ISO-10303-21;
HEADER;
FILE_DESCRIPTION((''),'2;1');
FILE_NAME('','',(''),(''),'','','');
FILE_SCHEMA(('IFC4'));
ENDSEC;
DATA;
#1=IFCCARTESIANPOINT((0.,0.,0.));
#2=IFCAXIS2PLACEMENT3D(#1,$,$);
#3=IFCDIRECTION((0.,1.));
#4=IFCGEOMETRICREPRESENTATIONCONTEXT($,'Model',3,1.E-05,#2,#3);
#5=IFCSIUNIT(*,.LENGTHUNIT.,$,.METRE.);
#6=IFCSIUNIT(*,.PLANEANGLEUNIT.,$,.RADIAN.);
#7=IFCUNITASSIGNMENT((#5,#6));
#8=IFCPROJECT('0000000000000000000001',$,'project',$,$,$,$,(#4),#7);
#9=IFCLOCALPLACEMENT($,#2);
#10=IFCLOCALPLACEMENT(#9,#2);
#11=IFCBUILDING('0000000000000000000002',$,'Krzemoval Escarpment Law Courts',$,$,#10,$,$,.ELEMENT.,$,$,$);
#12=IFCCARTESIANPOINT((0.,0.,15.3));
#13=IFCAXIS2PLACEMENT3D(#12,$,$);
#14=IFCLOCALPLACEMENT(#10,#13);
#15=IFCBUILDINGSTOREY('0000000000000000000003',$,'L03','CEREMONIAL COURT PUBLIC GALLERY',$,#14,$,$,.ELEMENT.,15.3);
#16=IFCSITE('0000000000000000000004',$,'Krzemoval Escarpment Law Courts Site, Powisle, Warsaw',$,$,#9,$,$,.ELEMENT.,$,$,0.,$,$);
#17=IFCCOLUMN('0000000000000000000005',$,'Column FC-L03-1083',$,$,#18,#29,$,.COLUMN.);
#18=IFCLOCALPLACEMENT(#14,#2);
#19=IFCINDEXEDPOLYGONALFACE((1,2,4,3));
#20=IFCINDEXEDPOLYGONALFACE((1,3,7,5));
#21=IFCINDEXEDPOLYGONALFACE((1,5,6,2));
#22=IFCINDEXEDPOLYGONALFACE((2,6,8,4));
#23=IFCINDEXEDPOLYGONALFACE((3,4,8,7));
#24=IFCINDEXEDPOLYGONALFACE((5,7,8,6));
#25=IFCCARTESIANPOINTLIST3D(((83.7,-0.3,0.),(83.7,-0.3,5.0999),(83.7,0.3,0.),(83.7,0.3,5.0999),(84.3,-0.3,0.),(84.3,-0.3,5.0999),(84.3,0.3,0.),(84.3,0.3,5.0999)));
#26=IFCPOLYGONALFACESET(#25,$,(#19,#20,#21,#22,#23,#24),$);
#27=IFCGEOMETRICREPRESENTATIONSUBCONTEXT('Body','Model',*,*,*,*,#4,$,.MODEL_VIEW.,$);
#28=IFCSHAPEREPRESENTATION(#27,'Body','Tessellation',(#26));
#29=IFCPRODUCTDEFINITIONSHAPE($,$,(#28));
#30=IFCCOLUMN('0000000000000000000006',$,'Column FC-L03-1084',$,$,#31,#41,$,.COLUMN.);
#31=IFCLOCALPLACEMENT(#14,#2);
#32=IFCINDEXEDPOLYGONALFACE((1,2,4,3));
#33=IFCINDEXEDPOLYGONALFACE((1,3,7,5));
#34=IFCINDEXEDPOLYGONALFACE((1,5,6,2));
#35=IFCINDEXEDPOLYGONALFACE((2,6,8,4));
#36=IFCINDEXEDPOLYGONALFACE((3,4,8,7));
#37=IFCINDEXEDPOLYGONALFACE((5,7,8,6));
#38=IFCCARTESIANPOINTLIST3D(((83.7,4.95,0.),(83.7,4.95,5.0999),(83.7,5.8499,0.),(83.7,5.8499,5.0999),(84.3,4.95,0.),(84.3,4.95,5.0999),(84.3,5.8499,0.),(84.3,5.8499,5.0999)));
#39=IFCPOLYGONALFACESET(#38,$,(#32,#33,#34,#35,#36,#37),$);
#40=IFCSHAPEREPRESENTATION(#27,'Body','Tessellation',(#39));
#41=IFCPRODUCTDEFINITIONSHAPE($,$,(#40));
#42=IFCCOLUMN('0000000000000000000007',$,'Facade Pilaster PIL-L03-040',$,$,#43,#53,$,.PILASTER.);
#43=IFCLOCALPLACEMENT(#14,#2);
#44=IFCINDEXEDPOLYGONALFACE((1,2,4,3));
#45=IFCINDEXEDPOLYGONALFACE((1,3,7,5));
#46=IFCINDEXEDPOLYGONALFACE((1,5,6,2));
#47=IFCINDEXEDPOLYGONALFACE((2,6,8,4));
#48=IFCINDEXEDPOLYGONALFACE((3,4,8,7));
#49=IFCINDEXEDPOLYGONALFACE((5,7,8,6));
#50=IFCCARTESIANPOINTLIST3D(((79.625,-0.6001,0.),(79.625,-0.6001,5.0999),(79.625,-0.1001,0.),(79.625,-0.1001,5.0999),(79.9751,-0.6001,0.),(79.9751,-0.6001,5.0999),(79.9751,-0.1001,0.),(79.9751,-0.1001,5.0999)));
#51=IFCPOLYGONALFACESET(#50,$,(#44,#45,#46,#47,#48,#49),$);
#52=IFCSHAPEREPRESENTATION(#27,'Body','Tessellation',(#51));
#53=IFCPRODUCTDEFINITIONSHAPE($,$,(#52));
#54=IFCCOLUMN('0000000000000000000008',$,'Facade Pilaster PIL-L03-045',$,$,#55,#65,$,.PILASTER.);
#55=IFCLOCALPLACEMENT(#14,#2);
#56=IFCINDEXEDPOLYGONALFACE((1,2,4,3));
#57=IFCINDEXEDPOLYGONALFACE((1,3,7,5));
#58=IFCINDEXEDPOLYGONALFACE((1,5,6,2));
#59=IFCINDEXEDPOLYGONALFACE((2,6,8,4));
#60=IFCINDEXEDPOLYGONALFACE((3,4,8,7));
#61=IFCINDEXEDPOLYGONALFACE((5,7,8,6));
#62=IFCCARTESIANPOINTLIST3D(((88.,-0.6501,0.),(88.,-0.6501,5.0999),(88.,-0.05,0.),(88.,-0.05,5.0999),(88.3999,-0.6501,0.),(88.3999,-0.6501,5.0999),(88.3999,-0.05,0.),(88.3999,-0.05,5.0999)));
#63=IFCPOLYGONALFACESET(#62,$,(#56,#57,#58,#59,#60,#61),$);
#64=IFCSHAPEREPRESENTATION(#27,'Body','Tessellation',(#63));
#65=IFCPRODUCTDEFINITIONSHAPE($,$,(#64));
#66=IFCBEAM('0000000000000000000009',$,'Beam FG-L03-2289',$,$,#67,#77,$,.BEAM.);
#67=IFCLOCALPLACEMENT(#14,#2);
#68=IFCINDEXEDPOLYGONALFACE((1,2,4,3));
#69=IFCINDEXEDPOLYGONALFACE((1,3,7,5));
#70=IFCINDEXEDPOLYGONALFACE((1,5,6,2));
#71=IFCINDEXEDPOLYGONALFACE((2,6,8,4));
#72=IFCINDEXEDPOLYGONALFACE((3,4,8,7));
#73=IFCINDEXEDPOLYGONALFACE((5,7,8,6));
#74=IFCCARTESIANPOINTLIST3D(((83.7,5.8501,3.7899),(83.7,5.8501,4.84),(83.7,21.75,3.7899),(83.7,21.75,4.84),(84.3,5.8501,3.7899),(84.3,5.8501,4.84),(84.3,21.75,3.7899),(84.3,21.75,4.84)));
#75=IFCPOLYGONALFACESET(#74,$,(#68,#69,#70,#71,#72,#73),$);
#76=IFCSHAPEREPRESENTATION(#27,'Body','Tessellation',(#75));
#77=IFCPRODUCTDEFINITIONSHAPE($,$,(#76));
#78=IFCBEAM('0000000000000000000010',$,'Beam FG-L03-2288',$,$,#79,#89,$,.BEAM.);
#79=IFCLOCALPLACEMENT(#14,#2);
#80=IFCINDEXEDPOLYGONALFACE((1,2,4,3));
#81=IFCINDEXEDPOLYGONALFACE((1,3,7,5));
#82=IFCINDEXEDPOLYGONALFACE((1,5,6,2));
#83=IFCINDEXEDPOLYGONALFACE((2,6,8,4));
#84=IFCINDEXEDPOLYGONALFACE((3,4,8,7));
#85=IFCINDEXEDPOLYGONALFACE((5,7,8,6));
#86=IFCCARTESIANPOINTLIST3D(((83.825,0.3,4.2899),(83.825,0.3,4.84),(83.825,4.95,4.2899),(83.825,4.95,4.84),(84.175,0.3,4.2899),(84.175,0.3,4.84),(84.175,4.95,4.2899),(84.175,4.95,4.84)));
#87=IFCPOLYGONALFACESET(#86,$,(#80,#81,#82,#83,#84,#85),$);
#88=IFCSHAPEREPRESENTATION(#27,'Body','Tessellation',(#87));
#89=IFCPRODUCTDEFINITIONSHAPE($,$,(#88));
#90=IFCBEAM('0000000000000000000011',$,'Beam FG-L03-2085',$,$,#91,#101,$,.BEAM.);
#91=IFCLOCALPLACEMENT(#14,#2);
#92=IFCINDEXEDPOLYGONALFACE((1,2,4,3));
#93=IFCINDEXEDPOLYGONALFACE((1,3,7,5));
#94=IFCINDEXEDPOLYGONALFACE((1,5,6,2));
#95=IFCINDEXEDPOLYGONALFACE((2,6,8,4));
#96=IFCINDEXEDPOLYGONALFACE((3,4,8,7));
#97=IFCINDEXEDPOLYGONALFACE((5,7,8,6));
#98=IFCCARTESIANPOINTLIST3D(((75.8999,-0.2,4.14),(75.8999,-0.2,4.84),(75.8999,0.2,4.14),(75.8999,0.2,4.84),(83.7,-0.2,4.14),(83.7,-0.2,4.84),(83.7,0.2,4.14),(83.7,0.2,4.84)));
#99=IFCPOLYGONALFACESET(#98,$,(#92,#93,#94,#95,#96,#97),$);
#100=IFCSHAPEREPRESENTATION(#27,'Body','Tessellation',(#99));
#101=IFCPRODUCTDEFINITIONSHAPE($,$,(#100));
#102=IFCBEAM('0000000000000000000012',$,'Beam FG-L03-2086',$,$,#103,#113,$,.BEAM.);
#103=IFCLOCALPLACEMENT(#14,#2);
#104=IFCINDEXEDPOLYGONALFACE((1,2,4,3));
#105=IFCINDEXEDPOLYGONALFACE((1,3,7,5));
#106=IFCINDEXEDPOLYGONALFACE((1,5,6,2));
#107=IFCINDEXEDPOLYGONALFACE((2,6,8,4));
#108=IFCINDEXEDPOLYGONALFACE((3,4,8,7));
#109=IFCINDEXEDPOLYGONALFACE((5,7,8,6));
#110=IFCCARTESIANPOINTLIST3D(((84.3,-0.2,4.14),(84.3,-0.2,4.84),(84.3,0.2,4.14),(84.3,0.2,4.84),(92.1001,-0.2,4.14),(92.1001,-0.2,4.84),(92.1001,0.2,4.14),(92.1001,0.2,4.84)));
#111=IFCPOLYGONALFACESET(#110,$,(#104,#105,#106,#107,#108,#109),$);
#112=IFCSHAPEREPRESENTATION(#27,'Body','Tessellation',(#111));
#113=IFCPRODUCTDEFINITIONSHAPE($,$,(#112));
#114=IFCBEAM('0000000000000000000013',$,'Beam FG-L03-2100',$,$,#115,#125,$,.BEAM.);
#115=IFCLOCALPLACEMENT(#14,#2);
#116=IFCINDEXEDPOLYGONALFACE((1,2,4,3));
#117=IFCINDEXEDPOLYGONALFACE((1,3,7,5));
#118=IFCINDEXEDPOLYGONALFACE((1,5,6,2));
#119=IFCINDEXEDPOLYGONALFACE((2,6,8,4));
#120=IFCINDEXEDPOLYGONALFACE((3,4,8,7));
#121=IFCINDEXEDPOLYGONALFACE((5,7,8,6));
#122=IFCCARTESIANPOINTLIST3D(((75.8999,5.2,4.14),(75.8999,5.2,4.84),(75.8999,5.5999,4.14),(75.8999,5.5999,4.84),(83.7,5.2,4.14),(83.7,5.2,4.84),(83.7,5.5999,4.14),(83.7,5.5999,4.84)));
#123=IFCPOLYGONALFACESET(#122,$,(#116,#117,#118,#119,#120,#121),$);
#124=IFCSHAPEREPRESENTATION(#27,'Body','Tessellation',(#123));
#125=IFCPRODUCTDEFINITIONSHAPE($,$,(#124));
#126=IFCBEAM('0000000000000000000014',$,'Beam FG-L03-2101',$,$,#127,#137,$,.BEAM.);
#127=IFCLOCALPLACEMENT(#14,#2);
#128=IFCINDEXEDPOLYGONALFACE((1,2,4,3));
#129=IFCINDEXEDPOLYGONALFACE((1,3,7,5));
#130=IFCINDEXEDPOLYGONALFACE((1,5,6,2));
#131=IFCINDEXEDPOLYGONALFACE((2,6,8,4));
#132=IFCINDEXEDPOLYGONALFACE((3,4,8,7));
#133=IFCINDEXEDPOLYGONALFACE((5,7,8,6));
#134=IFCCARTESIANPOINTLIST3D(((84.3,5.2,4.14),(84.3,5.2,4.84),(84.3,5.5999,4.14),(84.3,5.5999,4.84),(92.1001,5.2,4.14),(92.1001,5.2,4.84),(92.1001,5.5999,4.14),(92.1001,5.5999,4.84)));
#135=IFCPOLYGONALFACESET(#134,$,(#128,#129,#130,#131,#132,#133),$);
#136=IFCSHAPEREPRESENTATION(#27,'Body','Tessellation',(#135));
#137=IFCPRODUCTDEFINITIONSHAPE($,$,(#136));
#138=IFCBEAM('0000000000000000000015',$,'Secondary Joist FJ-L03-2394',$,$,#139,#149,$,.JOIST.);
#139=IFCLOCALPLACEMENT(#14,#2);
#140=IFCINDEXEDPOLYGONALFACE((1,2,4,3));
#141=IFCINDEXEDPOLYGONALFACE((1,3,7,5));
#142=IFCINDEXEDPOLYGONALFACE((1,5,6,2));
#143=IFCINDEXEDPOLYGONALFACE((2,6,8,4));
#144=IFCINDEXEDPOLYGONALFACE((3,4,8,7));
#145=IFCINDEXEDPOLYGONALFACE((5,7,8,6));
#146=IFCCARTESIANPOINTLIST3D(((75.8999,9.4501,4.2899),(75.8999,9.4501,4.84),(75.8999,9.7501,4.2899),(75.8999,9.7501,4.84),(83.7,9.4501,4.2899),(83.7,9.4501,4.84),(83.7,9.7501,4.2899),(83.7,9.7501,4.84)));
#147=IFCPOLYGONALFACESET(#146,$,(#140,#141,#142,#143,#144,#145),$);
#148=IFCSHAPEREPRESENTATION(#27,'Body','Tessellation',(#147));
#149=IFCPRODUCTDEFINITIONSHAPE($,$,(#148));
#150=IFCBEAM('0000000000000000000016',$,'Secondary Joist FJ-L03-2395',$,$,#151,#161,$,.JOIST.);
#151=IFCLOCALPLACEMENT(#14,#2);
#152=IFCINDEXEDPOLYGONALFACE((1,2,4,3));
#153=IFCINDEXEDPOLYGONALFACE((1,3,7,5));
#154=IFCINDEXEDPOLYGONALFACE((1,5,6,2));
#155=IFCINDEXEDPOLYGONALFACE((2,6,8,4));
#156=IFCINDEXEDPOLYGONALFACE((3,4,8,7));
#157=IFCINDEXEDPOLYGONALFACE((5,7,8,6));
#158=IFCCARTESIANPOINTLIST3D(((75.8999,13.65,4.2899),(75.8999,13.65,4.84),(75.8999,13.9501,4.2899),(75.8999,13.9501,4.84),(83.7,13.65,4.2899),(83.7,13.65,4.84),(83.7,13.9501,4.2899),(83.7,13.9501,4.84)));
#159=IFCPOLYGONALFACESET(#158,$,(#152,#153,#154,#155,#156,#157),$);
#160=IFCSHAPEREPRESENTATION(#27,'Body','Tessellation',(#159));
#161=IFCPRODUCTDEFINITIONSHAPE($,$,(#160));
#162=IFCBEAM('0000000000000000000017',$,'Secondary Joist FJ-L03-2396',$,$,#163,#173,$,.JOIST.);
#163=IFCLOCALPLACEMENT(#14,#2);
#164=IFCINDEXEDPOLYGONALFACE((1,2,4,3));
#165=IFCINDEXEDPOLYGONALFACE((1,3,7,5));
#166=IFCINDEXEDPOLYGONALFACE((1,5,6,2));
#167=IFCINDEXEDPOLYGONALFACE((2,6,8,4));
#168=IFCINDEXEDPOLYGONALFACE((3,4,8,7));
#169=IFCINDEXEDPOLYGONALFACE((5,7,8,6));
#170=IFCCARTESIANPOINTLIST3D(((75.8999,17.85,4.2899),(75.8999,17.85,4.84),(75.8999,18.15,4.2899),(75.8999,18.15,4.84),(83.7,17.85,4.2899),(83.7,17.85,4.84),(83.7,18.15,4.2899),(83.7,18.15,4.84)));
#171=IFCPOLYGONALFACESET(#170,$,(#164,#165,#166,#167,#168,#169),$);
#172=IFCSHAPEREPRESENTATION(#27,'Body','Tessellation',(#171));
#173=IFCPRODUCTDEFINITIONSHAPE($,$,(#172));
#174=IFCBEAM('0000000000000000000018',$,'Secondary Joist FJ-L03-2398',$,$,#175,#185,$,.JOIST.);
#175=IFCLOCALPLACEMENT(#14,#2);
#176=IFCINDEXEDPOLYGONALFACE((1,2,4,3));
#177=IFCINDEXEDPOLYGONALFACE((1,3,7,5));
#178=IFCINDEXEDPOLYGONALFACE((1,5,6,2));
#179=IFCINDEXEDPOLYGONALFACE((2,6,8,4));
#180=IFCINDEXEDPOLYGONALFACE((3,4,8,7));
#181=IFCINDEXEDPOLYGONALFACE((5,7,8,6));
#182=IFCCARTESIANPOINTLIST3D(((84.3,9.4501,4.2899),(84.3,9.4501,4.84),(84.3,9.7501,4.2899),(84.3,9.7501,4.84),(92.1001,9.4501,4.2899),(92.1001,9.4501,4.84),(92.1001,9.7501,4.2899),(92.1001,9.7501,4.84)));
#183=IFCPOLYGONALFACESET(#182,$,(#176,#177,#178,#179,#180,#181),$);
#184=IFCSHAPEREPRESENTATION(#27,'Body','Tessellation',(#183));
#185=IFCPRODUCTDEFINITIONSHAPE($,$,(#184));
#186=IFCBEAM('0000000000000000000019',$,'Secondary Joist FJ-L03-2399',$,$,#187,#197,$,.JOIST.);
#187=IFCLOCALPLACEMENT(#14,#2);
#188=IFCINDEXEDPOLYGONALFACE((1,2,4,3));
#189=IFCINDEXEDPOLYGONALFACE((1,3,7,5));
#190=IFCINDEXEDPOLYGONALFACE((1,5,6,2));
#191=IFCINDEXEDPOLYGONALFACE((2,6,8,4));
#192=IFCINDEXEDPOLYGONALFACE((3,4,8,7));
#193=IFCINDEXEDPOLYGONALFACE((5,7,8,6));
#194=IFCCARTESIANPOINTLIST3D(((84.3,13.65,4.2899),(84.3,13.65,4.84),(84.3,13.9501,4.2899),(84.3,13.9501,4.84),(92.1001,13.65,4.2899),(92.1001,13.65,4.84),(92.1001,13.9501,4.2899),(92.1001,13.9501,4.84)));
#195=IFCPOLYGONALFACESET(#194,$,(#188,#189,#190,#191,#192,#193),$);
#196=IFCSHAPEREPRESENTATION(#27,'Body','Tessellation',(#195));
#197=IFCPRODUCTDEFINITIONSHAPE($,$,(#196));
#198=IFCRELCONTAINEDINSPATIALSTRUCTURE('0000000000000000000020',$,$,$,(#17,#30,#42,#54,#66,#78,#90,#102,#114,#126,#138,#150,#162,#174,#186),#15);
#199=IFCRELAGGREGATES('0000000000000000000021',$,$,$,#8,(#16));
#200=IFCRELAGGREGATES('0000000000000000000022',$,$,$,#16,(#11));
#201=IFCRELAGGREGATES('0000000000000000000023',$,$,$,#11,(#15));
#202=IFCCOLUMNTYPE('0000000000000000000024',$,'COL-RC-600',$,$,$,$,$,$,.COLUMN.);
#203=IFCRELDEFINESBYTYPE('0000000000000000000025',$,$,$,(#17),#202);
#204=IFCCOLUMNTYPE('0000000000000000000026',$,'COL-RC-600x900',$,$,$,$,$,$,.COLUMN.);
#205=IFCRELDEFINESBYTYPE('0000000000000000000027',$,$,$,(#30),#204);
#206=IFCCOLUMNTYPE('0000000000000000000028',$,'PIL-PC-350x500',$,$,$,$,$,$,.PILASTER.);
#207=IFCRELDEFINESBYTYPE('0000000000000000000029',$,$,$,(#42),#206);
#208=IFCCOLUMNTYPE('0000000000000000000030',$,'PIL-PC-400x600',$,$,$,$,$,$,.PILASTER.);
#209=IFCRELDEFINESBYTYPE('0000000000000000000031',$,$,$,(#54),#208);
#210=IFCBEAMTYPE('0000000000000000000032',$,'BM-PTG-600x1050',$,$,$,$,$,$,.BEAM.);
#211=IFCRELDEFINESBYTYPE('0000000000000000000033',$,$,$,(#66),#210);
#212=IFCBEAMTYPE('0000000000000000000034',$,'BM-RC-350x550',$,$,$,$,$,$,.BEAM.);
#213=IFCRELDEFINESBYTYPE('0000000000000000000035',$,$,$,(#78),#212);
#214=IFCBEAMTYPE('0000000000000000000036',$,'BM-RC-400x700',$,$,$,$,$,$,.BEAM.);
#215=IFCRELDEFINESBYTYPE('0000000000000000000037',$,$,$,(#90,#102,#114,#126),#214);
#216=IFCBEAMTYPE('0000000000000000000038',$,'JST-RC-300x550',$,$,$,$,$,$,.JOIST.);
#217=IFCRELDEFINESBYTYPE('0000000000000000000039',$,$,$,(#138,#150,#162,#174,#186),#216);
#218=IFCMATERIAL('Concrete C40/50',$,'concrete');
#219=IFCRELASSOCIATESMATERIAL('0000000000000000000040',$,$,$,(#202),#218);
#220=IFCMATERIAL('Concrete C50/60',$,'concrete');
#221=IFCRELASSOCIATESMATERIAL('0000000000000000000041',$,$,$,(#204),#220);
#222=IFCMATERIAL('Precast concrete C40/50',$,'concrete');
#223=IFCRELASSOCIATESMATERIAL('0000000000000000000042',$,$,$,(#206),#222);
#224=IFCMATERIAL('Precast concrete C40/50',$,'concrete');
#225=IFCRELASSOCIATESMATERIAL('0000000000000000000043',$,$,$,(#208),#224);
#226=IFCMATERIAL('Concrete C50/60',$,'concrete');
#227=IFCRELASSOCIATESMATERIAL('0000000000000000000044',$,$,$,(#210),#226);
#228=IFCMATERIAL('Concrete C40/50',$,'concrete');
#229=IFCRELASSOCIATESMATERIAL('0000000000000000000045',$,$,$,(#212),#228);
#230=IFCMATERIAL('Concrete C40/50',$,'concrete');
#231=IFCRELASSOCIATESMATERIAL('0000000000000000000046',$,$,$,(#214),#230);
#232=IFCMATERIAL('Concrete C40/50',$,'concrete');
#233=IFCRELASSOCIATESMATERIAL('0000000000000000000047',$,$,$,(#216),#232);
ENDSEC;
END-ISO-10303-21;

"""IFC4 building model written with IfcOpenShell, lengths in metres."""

from ifc_helpers import new_model, si_unit, direction, frame, origin, origin_2d, place, context, subcontext, project, spatial, rectangle, extrude, material, material_profile, profile_set, type_object, element, save


model = new_model("IFC4")

# Units and contexts
model_context = context("Model", 3, precision=1e-05, world=origin(), true_north=direction((0.0, 1.0)))
body_context = subcontext(model_context, "Body", "Model", "MODEL_VIEW")
ifc_project = project(units=[si_unit("LENGTHUNIT", "METRE"), si_unit("PLANEANGLEUNIT", "RADIAN")], contexts=[model_context])

# Site, building, storey
site_placement = place(None, origin())
site = spatial("IfcSite", under=ifc_project, at=site_placement, Name="Krzemoval Escarpment Law Courts Site, Powisle, Warsaw", CompositionType="ELEMENT", RefElevation=0.0)
building_placement = place(site_placement, origin())
building = spatial("IfcBuilding", under=site, at=building_placement, Name="Krzemoval Escarpment Law Courts", CompositionType="ELEMENT")
storey_placement = place(building_placement, frame((0.0, 0.0, 15.3)))
storey = spatial("IfcBuildingStorey", under=building, at=storey_placement, Name="L03", Description="CEREMONIAL COURT PUBLIC GALLERY", CompositionType="ELEMENT", Elevation=15.3)

# Columns
ifc_material_1 = material(Name="Concrete C40/50", Category="concrete")
ifc_material_profile_1 = material_profile(ifc_material_1, rectangle(XDim=0.6001, YDim=0.6001, at=origin_2d()), Name="RC 600x600")
ifc_profile_set_1 = profile_set([ifc_material_profile_1], Name="Concrete C40/50")
column_type_1 = type_object("IfcColumnType", Name="COL-RC-600", PredefinedType="COLUMN", material=ifc_profile_set_1)
column_1_placement = place(storey_placement, frame((84.0, 0.0, 0.0), z_axis=(0.0, 0.0, 1.0), x_axis=(1.0, 0.0, 0.0)))
element("IfcColumn", 1, at=column_1_placement, inside=storey, type_object=column_type_1, Name="Column FC-L03-1083", PredefinedType="COLUMN", context=body_context, shape_type="SweptSolid", body=[
    extrude(rectangle(XDim=0.6001, YDim=0.6001, at=origin_2d()), origin(), (0.0, 0.0, 1.0), 5.0999),
])
ifc_material_2 = material(Name="Concrete C50/60", Category="concrete")
ifc_material_profile_2 = material_profile(ifc_material_2, rectangle(XDim=0.6001, YDim=0.8999, at=origin_2d()), Name="RC 600x900")
ifc_profile_set_2 = profile_set([ifc_material_profile_2], Name="Concrete C50/60")
column_type_2 = type_object("IfcColumnType", Name="COL-RC-600x900", PredefinedType="COLUMN", material=ifc_profile_set_2)
column_2_placement = place(storey_placement, frame((84.0, 5.3999, 0.0), z_axis=(0.0, 0.0, 1.0), x_axis=(1.0, 0.0, 0.0)))
element("IfcColumn", 2, at=column_2_placement, inside=storey, type_object=column_type_2, Name="Column FC-L03-1084", PredefinedType="COLUMN", context=body_context, shape_type="SweptSolid", body=[
    extrude(rectangle(XDim=0.6001, YDim=0.8999, at=origin_2d()), origin(), (0.0, 0.0, 1.0), 5.0999),
])
ifc_material_3 = material(Name="Precast concrete C40/50", Category="concrete")
ifc_material_profile_3 = material_profile(ifc_material_3, rectangle(XDim=0.3501, YDim=0.5, at=origin_2d()), Name="PIL 350x500")
ifc_profile_set_3 = profile_set([ifc_material_profile_3], Name="Precast concrete C40/50")
column_type_3 = type_object("IfcColumnType", Name="PIL-PC-350x500", PredefinedType="PILASTER", material=ifc_profile_set_3)
column_3_placement = place(storey_placement, frame((79.8, -0.3501, 0.0), z_axis=(0.0, 0.0, 1.0), x_axis=(1.0, 0.0, 0.0)))
element("IfcColumn", 3, at=column_3_placement, inside=storey, type_object=column_type_3, Name="Facade Pilaster PIL-L03-040", PredefinedType="PILASTER", context=body_context, shape_type="SweptSolid", body=[
    extrude(rectangle(XDim=0.3501, YDim=0.5, at=origin_2d()), origin(), (0.0, 0.0, 1.0), 5.0999),
])
ifc_material_4 = material(Name="Precast concrete C40/50", Category="concrete")
ifc_material_profile_4 = material_profile(ifc_material_4, rectangle(XDim=0.3999, YDim=0.6001, at=origin_2d()), Name="PIL 400x600")
ifc_profile_set_4 = profile_set([ifc_material_profile_4], Name="Precast concrete C40/50")
column_type_4 = type_object("IfcColumnType", Name="PIL-PC-400x600", PredefinedType="PILASTER", material=ifc_profile_set_4)
column_4_placement = place(storey_placement, frame((88.2, -0.3501, 0.0), z_axis=(0.0, 0.0, 1.0), x_axis=(1.0, 0.0, 0.0)))
element("IfcColumn", 4, at=column_4_placement, inside=storey, type_object=column_type_4, Name="Facade Pilaster PIL-L03-045", PredefinedType="PILASTER", context=body_context, shape_type="SweptSolid", body=[
    extrude(rectangle(XDim=0.3999, YDim=0.6001, at=origin_2d()), origin(), (0.0, 0.0, 1.0), 5.0999),
])

# Beams
ifc_material_5 = material(Name="Concrete C50/60", Category="concrete")
ifc_material_profile_5 = material_profile(ifc_material_5, rectangle(XDim=0.6001, YDim=1.05, at=origin_2d()), Name="PTG 600x1050")
ifc_profile_set_5 = profile_set([ifc_material_profile_5], Name="Concrete C50/60")
beam_type_1 = type_object("IfcBeamType", Name="BM-PTG-600x1050", PredefinedType="BEAM", material=ifc_profile_set_5)
beam_1_placement = place(storey_placement, frame((84.0, 5.8501, 4.3149), z_axis=(0.0, 1.0, 0.0), x_axis=(-1.0, 0.0, 0.0)))
element("IfcBeam", 5, at=beam_1_placement, inside=storey, type_object=beam_type_1, Name="Beam FG-L03-2289", PredefinedType="BEAM", context=body_context, shape_type="SweptSolid", body=[
    extrude(rectangle(XDim=0.6001, YDim=1.05, at=origin_2d()), origin(), (0.0, 0.0, 1.0), 15.8999),
])
ifc_material_6 = material(Name="Concrete C40/50", Category="concrete")
ifc_material_profile_6 = material_profile(ifc_material_6, rectangle(XDim=0.3501, YDim=0.55, at=origin_2d()), Name="RCB 350x550")
ifc_profile_set_6 = profile_set([ifc_material_profile_6], Name="Concrete C40/50")
beam_type_2 = type_object("IfcBeamType", Name="BM-RC-350x550", PredefinedType="BEAM", material=ifc_profile_set_6)
beam_2_placement = place(storey_placement, frame((84.0, 0.3, 4.5649), z_axis=(0.0, 1.0, 0.0), x_axis=(-1.0, 0.0, 0.0)))
element("IfcBeam", 6, at=beam_2_placement, inside=storey, type_object=beam_type_2, Name="Beam FG-L03-2288", PredefinedType="BEAM", context=body_context, shape_type="SweptSolid", body=[
    extrude(rectangle(XDim=0.3501, YDim=0.55, at=origin_2d()), origin(), (0.0, 0.0, 1.0), 4.6499),
])
ifc_material_7 = material(Name="Concrete C40/50", Category="concrete")
ifc_material_profile_7 = material_profile(ifc_material_7, rectangle(XDim=0.3999, YDim=0.7, at=origin_2d()), Name="RCB 400x700")
ifc_profile_set_7 = profile_set([ifc_material_profile_7], Name="Concrete C40/50")
beam_type_3 = type_object("IfcBeamType", Name="BM-RC-400x700", PredefinedType="BEAM", material=ifc_profile_set_7)
for number, where, z_axis, x_axis, name in (
    (7, (75.8999, 0.0, 4.49), (1.0, 0.0, 0.0), (0.0, 1.0, 0.0), "Beam FG-L03-2085"),
    (8, (84.3, 0.0, 4.49), (1.0, 0.0, 0.0), (0.0, 1.0, 0.0), "Beam FG-L03-2086"),
    (9, (75.8999, 5.3999, 4.49), (1.0, 0.0, 0.0), (0.0, 1.0, 0.0), "Beam FG-L03-2100"),
    (10, (84.3, 5.3999, 4.49), (1.0, 0.0, 0.0), (0.0, 1.0, 0.0), "Beam FG-L03-2101"),
):
    element("IfcBeam", number, at=place(storey_placement, frame(where, z_axis=z_axis, x_axis=x_axis)), inside=storey, type_object=beam_type_3, Name=name, PredefinedType="BEAM", context=body_context, shape_type="SweptSolid", body=[
        extrude(rectangle(XDim=0.3999, YDim=0.7, at=origin_2d()), origin(), (0.0, 0.0, 1.0), 7.8),
    ])
ifc_material_8 = material(Name="Concrete C40/50", Category="concrete")
ifc_material_profile_8 = material_profile(ifc_material_8, rectangle(XDim=0.3, YDim=0.55, at=origin_2d()), Name="RCB 300x550")
ifc_profile_set_8 = profile_set([ifc_material_profile_8], Name="Concrete C40/50")
beam_type_4 = type_object("IfcBeamType", Name="JST-RC-300x550", PredefinedType="JOIST", material=ifc_profile_set_8)
for number, where, z_axis, x_axis, name in (
    (11, (75.8999, 9.6001, 4.5649), (1.0, 0.0, 0.0), (0.0, 1.0, 0.0), "Secondary Joist FJ-L03-2394"),
    (12, (75.8999, 13.8, 4.5649), (1.0, 0.0, 0.0), (0.0, 1.0, 0.0), "Secondary Joist FJ-L03-2395"),
    (13, (75.8999, 18.0, 4.5649), (1.0, 0.0, 0.0), (0.0, 1.0, 0.0), "Secondary Joist FJ-L03-2396"),
    (14, (84.3, 9.6001, 4.5649), (1.0, 0.0, 0.0), (0.0, 1.0, 0.0), "Secondary Joist FJ-L03-2398"),
    (15, (84.3, 13.8, 4.5649), (1.0, 0.0, 0.0), (0.0, 1.0, 0.0), "Secondary Joist FJ-L03-2399"),
):
    element("IfcBeam", number, at=place(storey_placement, frame(where, z_axis=z_axis, x_axis=x_axis)), inside=storey, type_object=beam_type_4, Name=name, PredefinedType="JOIST", context=body_context, shape_type="SweptSolid", body=[
        extrude(rectangle(XDim=0.3, YDim=0.55, at=origin_2d()), origin(), (0.0, 0.0, 1.0), 7.8),
    ])

save(model, "model.ifc")
